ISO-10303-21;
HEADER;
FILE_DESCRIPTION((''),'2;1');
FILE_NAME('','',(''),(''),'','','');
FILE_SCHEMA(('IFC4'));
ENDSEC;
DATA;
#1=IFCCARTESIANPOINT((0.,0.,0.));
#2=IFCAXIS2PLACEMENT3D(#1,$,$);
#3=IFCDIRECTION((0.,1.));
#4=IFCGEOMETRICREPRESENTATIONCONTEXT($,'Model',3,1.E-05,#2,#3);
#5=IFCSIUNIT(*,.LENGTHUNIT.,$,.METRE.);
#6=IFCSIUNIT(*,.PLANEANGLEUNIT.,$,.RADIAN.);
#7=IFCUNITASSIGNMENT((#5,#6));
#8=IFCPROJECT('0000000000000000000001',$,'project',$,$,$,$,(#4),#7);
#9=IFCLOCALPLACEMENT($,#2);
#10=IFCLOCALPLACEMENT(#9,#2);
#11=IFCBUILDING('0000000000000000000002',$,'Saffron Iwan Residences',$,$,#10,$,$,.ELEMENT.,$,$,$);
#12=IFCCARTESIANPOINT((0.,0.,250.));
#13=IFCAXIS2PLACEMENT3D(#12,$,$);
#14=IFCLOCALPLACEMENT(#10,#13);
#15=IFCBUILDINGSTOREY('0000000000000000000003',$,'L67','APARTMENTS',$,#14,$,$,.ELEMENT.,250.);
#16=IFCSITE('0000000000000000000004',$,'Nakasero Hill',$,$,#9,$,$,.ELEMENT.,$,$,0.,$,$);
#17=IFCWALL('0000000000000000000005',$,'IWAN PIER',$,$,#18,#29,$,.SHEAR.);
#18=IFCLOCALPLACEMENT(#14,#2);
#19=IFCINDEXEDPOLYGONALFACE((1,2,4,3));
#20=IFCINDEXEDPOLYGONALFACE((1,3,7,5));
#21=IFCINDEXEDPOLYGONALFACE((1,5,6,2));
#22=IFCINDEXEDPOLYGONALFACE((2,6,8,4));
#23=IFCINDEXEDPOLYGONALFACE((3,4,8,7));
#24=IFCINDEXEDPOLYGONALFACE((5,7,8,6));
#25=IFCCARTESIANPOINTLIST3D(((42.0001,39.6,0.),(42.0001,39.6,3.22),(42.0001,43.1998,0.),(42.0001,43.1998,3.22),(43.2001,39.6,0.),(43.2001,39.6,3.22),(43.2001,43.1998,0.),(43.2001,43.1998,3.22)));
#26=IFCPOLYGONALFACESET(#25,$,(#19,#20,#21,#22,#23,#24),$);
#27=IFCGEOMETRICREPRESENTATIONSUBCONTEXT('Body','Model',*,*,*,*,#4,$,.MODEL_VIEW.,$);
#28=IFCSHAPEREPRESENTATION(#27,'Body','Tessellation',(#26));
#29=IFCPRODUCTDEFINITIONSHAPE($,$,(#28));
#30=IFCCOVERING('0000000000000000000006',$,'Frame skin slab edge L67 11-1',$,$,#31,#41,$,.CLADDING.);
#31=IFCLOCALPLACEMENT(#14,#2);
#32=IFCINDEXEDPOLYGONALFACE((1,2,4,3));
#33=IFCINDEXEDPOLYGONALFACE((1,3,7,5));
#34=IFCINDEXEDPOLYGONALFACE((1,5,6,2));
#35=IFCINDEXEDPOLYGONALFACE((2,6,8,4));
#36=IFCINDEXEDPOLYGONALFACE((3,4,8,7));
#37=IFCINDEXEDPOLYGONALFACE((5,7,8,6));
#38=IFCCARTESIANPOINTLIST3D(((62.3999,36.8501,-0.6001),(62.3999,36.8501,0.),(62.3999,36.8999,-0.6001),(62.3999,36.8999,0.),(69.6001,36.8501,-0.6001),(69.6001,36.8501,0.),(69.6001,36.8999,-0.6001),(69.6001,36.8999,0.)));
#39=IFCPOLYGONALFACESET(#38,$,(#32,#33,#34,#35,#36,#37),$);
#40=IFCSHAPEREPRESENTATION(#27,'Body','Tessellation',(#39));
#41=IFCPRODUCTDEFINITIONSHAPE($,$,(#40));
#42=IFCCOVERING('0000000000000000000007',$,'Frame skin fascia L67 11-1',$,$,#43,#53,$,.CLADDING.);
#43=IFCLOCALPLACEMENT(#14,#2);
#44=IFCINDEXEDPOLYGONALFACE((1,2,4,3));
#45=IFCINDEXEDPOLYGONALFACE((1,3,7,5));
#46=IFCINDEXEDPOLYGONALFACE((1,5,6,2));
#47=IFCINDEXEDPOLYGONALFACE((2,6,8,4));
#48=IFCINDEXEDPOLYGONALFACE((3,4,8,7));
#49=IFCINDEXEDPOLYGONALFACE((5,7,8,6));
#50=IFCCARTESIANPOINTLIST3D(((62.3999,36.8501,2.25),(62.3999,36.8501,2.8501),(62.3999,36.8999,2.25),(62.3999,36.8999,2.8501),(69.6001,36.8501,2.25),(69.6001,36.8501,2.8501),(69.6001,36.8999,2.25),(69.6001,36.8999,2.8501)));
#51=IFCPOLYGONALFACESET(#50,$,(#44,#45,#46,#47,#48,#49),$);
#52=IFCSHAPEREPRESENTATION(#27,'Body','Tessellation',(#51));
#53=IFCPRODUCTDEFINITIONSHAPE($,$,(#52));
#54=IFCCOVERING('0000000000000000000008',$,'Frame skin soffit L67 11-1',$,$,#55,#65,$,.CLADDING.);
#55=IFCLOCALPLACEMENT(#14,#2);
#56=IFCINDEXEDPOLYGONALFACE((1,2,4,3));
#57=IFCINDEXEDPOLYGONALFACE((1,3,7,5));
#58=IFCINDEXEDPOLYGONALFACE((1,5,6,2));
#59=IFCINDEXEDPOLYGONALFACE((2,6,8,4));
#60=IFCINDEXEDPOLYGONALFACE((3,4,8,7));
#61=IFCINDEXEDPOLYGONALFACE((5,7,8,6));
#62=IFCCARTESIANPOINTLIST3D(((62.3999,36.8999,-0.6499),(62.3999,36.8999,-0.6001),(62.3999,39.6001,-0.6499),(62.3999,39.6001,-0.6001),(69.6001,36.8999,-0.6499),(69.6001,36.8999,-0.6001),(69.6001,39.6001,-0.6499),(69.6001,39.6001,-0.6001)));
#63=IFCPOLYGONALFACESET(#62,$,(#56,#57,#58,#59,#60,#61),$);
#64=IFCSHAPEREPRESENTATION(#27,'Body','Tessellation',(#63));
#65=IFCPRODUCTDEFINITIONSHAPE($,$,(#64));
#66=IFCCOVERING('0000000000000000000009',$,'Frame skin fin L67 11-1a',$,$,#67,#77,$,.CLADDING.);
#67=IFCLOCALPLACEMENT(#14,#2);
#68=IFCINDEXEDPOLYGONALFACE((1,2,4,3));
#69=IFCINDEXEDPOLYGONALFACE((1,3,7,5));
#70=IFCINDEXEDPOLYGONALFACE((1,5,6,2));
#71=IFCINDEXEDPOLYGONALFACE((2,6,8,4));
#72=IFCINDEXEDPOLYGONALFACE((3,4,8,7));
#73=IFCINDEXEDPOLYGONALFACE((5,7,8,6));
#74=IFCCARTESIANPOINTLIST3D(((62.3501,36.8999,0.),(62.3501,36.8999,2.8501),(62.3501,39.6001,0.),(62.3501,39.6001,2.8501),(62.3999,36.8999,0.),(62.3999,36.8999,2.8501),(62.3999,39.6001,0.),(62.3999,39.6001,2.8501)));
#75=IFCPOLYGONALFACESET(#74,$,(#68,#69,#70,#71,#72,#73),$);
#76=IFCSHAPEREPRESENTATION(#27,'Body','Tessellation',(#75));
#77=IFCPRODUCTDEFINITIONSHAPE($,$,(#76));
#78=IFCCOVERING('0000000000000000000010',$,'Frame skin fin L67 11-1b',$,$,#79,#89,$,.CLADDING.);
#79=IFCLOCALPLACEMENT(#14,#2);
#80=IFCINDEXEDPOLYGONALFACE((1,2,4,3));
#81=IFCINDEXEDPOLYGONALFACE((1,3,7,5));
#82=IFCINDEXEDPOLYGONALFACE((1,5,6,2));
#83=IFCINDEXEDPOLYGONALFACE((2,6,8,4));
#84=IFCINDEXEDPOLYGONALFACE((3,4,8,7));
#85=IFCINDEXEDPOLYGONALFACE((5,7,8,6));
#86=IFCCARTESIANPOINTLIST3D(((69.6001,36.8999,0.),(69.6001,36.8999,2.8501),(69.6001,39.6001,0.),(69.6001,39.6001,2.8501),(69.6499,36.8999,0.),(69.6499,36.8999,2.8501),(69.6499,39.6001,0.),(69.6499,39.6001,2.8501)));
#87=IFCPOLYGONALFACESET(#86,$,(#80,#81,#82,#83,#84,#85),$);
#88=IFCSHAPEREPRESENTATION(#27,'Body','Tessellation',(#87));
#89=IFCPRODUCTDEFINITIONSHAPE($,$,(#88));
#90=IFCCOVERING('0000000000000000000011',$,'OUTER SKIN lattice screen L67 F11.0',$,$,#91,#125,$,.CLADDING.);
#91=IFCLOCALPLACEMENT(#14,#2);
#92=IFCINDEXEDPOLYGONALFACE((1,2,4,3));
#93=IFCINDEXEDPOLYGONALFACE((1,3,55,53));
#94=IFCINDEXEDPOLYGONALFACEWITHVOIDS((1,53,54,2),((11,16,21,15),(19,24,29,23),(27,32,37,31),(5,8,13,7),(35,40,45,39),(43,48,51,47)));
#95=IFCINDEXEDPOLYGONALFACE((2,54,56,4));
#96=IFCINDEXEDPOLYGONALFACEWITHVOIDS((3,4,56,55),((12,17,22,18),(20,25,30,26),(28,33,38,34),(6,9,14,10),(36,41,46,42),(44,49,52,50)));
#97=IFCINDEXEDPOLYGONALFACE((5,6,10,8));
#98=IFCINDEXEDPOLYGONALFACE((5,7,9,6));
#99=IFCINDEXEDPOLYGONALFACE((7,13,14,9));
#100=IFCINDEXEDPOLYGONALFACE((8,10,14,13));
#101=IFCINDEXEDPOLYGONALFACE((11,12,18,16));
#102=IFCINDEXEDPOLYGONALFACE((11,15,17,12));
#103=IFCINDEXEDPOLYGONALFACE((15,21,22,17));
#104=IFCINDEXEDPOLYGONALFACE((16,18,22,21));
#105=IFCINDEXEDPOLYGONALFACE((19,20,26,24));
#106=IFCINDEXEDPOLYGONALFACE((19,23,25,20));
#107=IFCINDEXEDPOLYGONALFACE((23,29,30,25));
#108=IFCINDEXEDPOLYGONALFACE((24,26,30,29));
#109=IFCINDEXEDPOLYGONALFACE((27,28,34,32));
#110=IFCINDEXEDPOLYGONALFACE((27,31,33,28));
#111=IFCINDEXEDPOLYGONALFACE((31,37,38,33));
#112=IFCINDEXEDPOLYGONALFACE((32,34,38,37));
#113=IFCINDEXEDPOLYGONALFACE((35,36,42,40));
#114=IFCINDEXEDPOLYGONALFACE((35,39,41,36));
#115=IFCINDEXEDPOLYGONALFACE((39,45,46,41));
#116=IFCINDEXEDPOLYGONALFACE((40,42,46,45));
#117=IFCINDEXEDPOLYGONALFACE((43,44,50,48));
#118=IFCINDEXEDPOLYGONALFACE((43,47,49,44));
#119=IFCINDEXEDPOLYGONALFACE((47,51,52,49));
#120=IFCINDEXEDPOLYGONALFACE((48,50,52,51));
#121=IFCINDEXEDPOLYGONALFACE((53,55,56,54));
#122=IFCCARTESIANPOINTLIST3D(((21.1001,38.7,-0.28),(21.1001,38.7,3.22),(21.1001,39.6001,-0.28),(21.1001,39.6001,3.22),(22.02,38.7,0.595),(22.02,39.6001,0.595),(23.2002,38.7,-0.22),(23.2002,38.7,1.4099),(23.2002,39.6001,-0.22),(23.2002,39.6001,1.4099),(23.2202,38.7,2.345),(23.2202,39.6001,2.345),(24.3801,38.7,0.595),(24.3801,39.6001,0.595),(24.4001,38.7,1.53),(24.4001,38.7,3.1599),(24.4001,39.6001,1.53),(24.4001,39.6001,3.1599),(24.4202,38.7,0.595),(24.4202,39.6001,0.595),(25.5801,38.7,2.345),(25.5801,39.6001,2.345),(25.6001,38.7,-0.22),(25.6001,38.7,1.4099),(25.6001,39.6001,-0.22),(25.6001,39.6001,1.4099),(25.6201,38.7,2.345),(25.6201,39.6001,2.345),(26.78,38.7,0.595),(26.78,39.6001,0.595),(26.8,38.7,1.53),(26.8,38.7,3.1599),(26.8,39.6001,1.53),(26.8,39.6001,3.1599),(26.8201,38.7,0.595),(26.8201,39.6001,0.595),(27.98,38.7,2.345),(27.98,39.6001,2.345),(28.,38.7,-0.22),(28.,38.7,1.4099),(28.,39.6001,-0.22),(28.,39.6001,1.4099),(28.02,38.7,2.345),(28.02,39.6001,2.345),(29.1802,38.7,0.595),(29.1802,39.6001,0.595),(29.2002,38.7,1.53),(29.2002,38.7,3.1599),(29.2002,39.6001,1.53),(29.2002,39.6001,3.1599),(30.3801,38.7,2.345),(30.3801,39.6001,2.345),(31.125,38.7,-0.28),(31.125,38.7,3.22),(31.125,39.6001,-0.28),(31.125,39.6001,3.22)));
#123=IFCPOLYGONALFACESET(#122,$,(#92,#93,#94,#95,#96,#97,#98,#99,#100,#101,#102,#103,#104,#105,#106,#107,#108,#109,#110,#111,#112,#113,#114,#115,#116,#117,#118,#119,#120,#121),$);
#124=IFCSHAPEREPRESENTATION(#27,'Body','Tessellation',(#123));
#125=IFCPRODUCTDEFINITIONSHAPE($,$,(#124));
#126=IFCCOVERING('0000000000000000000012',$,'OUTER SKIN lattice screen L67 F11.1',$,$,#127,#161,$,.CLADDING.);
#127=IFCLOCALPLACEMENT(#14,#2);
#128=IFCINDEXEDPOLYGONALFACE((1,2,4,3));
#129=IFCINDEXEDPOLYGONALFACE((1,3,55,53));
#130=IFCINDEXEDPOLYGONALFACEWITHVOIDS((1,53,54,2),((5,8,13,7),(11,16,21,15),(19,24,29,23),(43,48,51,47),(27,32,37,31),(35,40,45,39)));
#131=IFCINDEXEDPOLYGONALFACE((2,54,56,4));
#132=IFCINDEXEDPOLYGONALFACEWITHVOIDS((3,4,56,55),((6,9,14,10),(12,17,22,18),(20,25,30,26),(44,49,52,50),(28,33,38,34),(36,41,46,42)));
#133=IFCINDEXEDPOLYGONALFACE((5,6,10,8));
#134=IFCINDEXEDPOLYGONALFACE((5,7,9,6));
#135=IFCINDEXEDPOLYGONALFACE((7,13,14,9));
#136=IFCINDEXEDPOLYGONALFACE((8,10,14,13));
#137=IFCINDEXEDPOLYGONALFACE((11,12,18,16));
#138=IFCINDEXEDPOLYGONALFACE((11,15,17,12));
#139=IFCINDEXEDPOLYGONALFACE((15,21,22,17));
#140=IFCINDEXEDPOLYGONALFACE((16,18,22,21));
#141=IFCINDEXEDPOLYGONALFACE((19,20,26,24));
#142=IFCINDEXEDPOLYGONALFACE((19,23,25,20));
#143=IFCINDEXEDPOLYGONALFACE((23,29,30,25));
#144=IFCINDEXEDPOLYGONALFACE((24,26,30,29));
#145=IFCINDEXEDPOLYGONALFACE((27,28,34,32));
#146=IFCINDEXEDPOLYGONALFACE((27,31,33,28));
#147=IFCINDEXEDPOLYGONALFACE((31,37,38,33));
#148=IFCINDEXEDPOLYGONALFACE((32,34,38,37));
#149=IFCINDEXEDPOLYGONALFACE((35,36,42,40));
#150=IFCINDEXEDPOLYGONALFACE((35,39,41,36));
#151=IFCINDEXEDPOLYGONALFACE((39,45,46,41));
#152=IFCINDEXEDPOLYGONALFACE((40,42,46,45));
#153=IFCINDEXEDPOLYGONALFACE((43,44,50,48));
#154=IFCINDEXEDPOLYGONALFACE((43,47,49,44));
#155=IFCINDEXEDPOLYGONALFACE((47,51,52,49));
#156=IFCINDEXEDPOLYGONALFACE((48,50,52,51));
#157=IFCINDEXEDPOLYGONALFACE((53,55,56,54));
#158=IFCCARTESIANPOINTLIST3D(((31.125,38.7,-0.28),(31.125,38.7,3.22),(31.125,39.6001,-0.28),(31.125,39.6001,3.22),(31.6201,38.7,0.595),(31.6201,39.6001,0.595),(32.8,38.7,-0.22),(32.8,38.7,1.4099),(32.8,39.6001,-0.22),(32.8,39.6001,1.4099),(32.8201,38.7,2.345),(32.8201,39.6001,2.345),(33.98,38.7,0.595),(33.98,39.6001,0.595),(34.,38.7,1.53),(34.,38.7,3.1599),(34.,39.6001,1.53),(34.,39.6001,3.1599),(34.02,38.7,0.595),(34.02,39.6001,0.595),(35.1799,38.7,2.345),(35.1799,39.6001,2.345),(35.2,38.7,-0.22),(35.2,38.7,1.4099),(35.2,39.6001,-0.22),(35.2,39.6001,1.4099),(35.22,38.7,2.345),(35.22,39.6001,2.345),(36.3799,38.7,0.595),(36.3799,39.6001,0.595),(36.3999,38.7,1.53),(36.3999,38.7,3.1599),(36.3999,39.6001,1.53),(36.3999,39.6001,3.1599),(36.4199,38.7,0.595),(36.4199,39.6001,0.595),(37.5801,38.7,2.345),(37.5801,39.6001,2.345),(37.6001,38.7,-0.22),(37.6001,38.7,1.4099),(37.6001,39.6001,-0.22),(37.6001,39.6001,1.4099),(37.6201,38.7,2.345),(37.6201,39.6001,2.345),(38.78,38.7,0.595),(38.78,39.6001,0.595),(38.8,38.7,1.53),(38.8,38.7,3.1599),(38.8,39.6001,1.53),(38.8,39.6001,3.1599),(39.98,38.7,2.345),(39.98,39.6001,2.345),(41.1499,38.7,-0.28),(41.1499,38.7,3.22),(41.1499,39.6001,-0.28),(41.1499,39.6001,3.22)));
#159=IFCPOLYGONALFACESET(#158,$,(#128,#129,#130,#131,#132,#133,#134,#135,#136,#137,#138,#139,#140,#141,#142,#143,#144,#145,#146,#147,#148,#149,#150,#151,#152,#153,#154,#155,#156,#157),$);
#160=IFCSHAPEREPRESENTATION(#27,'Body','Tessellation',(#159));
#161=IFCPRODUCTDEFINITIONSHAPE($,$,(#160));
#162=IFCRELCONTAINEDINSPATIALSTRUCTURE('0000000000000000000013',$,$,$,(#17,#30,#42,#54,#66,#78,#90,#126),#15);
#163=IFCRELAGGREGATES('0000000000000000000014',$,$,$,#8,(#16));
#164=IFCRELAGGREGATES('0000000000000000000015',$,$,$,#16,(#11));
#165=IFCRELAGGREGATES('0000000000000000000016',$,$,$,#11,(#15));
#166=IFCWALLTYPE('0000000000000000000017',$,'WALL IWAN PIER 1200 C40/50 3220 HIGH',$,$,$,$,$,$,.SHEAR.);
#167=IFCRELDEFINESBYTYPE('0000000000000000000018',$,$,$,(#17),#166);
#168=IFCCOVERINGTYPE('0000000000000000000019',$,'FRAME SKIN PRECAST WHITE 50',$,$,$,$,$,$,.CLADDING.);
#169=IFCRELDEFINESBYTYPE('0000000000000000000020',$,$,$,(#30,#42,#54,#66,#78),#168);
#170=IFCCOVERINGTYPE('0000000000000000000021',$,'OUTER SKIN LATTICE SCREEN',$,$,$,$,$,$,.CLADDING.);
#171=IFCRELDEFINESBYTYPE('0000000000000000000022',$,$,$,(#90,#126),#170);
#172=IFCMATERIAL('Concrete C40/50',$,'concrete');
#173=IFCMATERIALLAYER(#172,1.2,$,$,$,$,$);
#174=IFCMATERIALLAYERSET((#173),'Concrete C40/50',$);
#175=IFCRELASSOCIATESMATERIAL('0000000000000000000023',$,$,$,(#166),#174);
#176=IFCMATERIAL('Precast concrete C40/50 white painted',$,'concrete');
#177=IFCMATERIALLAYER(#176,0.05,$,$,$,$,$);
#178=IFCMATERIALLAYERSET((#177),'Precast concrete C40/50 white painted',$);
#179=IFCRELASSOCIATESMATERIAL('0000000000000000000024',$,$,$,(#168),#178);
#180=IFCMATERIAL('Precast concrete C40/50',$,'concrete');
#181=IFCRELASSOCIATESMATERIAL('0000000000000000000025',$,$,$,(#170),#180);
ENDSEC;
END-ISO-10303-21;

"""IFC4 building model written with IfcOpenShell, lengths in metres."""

from ifc_helpers import new_model, si_unit, direction, frame, frame_2d, origin, place, context, subcontext, project, spatial, polyline, rectangle, outline, extrude, material, layer, layer_set, type_object, element, save


model = new_model("IFC4")

# Units and contexts
model_context = context("Model", 3, precision=1e-05, world=origin(), true_north=direction((0.0, 1.0)))
body_context = subcontext(model_context, "Body", "Model", "MODEL_VIEW")
ifc_project = project(units=[si_unit("LENGTHUNIT", "METRE"), si_unit("PLANEANGLEUNIT", "RADIAN")], contexts=[model_context])

# Site, building, storey
site_placement = place(None, origin())
site = spatial("IfcSite", under=ifc_project, at=site_placement, Name="Nakasero Hill", CompositionType="ELEMENT", RefElevation=0.0)
building_placement = place(site_placement, origin())
building = spatial("IfcBuilding", under=site, at=building_placement, Name="Saffron Iwan Residences", CompositionType="ELEMENT")
storey_placement = place(building_placement, frame((0.0, 0.0, 250.0)))
storey = spatial("IfcBuildingStorey", under=building, at=storey_placement, Name="L67", Description="APARTMENTS", CompositionType="ELEMENT", Elevation=250.0)

# Shared definitions
ifc_material_1 = material(Name="Concrete C40/50", Category="concrete")

# Wall
ifc_layer_1 = layer(ifc_material_1, 1.2)
ifc_layer_set_1 = layer_set([ifc_layer_1], Name="Concrete C40/50")
wall_type_1 = type_object("IfcWallType", Name="WALL IWAN PIER 1200 C40/50 3220 HIGH", PredefinedType="SHEAR", material=ifc_layer_set_1)
wall_1_placement = place(storey_placement, frame((42.6001, 39.6001, 0.0), z_axis=(0.0, 0.0, 1.0), x_axis=(0.0, 1.0, 0.0)))
element("IfcWall", 1, at=wall_1_placement, inside=storey, type_object=wall_type_1, Name="IWAN PIER", PredefinedType="SHEAR", context=body_context, shape_type="SweptSolid", body=[
    extrude(rectangle(XDim=3.5999, YDim=1.2, at=frame_2d((1.7998, 0.0))), origin(), (0.0, 0.0, 1.0), 3.22),
])

# Coverings
ifc_material_2 = material(Name="Precast concrete C40/50 white painted", Category="concrete")
ifc_layer_2 = layer(ifc_material_2, 0.05)
ifc_layer_set_2 = layer_set([ifc_layer_2], Name="Precast concrete C40/50 white painted")
covering_type_1 = type_object("IfcCoveringType", Name="FRAME SKIN PRECAST WHITE 50", PredefinedType="CLADDING", material=ifc_layer_set_2)
for number, where, name in (
    (2, (0.0, 0.0, -0.6001), "Frame skin slab edge L67 11-1"),
    (3, (0.0, 0.0, 2.25), "Frame skin fascia L67 11-1"),
):
    element("IfcCovering", number, at=place(storey_placement, frame(where)), inside=storey, type_object=covering_type_1, Name=name, PredefinedType="CLADDING", context=body_context, shape_type="SweptSolid", body=[
        extrude(outline(polyline([(62.3999, 36.8501), (69.6001, 36.8501), (69.6001, 36.8999), (62.3999, 36.8999), (62.3999, 36.8501)])), origin(), (0.0, 0.0, 1.0), 0.6001),
    ])
covering_1_placement = place(storey_placement, frame((0.0, 0.0, -0.6499)))
element("IfcCovering", 4, at=covering_1_placement, inside=storey, type_object=covering_type_1, Name="Frame skin soffit L67 11-1", PredefinedType="CLADDING", context=body_context, shape_type="SweptSolid", body=[
    extrude(outline(polyline([(62.3999, 36.8999), (69.6001, 36.8999), (69.6001, 39.6001), (62.3999, 39.6001), (62.3999, 36.8999)])), origin(), (0.0, 0.0, 1.0), 0.0498),
])
covering_2_placement = place(storey_placement, origin())
element("IfcCovering", 5, at=covering_2_placement, inside=storey, type_object=covering_type_1, Name="Frame skin fin L67 11-1a", PredefinedType="CLADDING", context=body_context, shape_type="SweptSolid", body=[
    extrude(outline(polyline([(62.3501, 36.8999), (62.3999, 36.8999), (62.3999, 39.6001), (62.3501, 39.6001), (62.3501, 36.8999)])), origin(), (0.0, 0.0, 1.0), 2.8501),
])
covering_3_placement = place(storey_placement, origin())
element("IfcCovering", 6, at=covering_3_placement, inside=storey, type_object=covering_type_1, Name="Frame skin fin L67 11-1b", PredefinedType="CLADDING", context=body_context, shape_type="SweptSolid", body=[
    extrude(outline(polyline([(69.6001, 36.8999), (69.6499, 36.8999), (69.6499, 39.6001), (69.6001, 39.6001), (69.6001, 36.8999)])), origin(), (0.0, 0.0, 1.0), 2.8501),
])
ifc_material_3 = material(Name="Precast concrete C40/50", Category="concrete")
covering_type_2 = type_object("IfcCoveringType", Name="OUTER SKIN LATTICE SCREEN", PredefinedType="CLADDING", material=ifc_material_3)
covering_4_placement = place(storey_placement, frame((21.1001, 39.6001, -0.28), z_axis=(0.0, -1.0, 0.0), x_axis=(1.0, 0.0, 0.0)))
element("IfcCovering", 7, at=covering_4_placement, inside=storey, type_object=covering_type_2, Name="OUTER SKIN lattice screen L67 F11.0", PredefinedType="CLADDING", context=body_context, shape_type="SweptSolid", body=[
    extrude(outline(polyline([(0.0, 0.0), (10.0249, 0.0), (10.0249, 3.5), (0.0, 3.5), (0.0, 0.0)]), holes=[polyline([(0.9199, 0.875), (2.1001, 0.0601), (3.28, 0.875), (2.1001, 1.6899), (0.9199, 0.875)]), polyline([(3.3201, 0.875), (4.5, 0.0601), (5.6799, 0.875), (4.5, 1.6899), (3.3201, 0.875)]), polyline([(5.72, 0.875), (6.8999, 0.0601), (8.0801, 0.875), (6.8999, 1.6899), (5.72, 0.875)]), polyline([(2.1201, 2.625), (3.3, 1.8101), (4.48, 2.625), (3.3, 3.4399), (2.1201, 2.625)]), polyline([(4.52, 2.625), (5.7, 1.8101), (6.8799, 2.625), (5.7, 3.4399), (4.52, 2.625)]), polyline([(6.9199, 2.625), (8.1001, 1.8101), (9.28, 2.625), (8.1001, 3.4399), (6.9199, 2.625)])]), origin(), (0.0, 0.0, 1.0), 0.9001),
])
covering_5_placement = place(storey_placement, frame((31.125, 39.6001, -0.28), z_axis=(0.0, -1.0, 0.0), x_axis=(1.0, 0.0, 0.0)))
element("IfcCovering", 8, at=covering_5_placement, inside=storey, type_object=covering_type_2, Name="OUTER SKIN lattice screen L67 F11.1", PredefinedType="CLADDING", context=body_context, shape_type="SweptSolid", body=[
    extrude(outline(polyline([(0.0, 0.0), (10.0249, 0.0), (10.0249, 3.5), (0.0, 3.5), (0.0, 0.0)]), holes=[polyline([(0.4951, 0.875), (1.675, 0.0601), (2.855, 0.875), (1.675, 1.6899), (0.4951, 0.875)]), polyline([(2.895, 0.875), (4.075, 0.0601), (5.2549, 0.875), (4.075, 1.6899), (2.895, 0.875)]), polyline([(5.2949, 0.875), (6.4751, 0.0601), (7.655, 0.875), (6.4751, 1.6899), (5.2949, 0.875)]), polyline([(1.6951, 2.625), (2.875, 1.8101), (4.0549, 2.625), (2.875, 3.4399), (1.6951, 2.625)]), polyline([(4.095, 2.625), (5.2749, 1.8101), (6.4551, 2.625), (5.2749, 3.4399), (4.095, 2.625)]), polyline([(6.4951, 2.625), (7.675, 1.8101), (8.855, 2.625), (7.675, 3.4399), (6.4951, 2.625)])]), origin(), (0.0, 0.0, 1.0), 0.9001),
])

save(model, "model.ifc")
